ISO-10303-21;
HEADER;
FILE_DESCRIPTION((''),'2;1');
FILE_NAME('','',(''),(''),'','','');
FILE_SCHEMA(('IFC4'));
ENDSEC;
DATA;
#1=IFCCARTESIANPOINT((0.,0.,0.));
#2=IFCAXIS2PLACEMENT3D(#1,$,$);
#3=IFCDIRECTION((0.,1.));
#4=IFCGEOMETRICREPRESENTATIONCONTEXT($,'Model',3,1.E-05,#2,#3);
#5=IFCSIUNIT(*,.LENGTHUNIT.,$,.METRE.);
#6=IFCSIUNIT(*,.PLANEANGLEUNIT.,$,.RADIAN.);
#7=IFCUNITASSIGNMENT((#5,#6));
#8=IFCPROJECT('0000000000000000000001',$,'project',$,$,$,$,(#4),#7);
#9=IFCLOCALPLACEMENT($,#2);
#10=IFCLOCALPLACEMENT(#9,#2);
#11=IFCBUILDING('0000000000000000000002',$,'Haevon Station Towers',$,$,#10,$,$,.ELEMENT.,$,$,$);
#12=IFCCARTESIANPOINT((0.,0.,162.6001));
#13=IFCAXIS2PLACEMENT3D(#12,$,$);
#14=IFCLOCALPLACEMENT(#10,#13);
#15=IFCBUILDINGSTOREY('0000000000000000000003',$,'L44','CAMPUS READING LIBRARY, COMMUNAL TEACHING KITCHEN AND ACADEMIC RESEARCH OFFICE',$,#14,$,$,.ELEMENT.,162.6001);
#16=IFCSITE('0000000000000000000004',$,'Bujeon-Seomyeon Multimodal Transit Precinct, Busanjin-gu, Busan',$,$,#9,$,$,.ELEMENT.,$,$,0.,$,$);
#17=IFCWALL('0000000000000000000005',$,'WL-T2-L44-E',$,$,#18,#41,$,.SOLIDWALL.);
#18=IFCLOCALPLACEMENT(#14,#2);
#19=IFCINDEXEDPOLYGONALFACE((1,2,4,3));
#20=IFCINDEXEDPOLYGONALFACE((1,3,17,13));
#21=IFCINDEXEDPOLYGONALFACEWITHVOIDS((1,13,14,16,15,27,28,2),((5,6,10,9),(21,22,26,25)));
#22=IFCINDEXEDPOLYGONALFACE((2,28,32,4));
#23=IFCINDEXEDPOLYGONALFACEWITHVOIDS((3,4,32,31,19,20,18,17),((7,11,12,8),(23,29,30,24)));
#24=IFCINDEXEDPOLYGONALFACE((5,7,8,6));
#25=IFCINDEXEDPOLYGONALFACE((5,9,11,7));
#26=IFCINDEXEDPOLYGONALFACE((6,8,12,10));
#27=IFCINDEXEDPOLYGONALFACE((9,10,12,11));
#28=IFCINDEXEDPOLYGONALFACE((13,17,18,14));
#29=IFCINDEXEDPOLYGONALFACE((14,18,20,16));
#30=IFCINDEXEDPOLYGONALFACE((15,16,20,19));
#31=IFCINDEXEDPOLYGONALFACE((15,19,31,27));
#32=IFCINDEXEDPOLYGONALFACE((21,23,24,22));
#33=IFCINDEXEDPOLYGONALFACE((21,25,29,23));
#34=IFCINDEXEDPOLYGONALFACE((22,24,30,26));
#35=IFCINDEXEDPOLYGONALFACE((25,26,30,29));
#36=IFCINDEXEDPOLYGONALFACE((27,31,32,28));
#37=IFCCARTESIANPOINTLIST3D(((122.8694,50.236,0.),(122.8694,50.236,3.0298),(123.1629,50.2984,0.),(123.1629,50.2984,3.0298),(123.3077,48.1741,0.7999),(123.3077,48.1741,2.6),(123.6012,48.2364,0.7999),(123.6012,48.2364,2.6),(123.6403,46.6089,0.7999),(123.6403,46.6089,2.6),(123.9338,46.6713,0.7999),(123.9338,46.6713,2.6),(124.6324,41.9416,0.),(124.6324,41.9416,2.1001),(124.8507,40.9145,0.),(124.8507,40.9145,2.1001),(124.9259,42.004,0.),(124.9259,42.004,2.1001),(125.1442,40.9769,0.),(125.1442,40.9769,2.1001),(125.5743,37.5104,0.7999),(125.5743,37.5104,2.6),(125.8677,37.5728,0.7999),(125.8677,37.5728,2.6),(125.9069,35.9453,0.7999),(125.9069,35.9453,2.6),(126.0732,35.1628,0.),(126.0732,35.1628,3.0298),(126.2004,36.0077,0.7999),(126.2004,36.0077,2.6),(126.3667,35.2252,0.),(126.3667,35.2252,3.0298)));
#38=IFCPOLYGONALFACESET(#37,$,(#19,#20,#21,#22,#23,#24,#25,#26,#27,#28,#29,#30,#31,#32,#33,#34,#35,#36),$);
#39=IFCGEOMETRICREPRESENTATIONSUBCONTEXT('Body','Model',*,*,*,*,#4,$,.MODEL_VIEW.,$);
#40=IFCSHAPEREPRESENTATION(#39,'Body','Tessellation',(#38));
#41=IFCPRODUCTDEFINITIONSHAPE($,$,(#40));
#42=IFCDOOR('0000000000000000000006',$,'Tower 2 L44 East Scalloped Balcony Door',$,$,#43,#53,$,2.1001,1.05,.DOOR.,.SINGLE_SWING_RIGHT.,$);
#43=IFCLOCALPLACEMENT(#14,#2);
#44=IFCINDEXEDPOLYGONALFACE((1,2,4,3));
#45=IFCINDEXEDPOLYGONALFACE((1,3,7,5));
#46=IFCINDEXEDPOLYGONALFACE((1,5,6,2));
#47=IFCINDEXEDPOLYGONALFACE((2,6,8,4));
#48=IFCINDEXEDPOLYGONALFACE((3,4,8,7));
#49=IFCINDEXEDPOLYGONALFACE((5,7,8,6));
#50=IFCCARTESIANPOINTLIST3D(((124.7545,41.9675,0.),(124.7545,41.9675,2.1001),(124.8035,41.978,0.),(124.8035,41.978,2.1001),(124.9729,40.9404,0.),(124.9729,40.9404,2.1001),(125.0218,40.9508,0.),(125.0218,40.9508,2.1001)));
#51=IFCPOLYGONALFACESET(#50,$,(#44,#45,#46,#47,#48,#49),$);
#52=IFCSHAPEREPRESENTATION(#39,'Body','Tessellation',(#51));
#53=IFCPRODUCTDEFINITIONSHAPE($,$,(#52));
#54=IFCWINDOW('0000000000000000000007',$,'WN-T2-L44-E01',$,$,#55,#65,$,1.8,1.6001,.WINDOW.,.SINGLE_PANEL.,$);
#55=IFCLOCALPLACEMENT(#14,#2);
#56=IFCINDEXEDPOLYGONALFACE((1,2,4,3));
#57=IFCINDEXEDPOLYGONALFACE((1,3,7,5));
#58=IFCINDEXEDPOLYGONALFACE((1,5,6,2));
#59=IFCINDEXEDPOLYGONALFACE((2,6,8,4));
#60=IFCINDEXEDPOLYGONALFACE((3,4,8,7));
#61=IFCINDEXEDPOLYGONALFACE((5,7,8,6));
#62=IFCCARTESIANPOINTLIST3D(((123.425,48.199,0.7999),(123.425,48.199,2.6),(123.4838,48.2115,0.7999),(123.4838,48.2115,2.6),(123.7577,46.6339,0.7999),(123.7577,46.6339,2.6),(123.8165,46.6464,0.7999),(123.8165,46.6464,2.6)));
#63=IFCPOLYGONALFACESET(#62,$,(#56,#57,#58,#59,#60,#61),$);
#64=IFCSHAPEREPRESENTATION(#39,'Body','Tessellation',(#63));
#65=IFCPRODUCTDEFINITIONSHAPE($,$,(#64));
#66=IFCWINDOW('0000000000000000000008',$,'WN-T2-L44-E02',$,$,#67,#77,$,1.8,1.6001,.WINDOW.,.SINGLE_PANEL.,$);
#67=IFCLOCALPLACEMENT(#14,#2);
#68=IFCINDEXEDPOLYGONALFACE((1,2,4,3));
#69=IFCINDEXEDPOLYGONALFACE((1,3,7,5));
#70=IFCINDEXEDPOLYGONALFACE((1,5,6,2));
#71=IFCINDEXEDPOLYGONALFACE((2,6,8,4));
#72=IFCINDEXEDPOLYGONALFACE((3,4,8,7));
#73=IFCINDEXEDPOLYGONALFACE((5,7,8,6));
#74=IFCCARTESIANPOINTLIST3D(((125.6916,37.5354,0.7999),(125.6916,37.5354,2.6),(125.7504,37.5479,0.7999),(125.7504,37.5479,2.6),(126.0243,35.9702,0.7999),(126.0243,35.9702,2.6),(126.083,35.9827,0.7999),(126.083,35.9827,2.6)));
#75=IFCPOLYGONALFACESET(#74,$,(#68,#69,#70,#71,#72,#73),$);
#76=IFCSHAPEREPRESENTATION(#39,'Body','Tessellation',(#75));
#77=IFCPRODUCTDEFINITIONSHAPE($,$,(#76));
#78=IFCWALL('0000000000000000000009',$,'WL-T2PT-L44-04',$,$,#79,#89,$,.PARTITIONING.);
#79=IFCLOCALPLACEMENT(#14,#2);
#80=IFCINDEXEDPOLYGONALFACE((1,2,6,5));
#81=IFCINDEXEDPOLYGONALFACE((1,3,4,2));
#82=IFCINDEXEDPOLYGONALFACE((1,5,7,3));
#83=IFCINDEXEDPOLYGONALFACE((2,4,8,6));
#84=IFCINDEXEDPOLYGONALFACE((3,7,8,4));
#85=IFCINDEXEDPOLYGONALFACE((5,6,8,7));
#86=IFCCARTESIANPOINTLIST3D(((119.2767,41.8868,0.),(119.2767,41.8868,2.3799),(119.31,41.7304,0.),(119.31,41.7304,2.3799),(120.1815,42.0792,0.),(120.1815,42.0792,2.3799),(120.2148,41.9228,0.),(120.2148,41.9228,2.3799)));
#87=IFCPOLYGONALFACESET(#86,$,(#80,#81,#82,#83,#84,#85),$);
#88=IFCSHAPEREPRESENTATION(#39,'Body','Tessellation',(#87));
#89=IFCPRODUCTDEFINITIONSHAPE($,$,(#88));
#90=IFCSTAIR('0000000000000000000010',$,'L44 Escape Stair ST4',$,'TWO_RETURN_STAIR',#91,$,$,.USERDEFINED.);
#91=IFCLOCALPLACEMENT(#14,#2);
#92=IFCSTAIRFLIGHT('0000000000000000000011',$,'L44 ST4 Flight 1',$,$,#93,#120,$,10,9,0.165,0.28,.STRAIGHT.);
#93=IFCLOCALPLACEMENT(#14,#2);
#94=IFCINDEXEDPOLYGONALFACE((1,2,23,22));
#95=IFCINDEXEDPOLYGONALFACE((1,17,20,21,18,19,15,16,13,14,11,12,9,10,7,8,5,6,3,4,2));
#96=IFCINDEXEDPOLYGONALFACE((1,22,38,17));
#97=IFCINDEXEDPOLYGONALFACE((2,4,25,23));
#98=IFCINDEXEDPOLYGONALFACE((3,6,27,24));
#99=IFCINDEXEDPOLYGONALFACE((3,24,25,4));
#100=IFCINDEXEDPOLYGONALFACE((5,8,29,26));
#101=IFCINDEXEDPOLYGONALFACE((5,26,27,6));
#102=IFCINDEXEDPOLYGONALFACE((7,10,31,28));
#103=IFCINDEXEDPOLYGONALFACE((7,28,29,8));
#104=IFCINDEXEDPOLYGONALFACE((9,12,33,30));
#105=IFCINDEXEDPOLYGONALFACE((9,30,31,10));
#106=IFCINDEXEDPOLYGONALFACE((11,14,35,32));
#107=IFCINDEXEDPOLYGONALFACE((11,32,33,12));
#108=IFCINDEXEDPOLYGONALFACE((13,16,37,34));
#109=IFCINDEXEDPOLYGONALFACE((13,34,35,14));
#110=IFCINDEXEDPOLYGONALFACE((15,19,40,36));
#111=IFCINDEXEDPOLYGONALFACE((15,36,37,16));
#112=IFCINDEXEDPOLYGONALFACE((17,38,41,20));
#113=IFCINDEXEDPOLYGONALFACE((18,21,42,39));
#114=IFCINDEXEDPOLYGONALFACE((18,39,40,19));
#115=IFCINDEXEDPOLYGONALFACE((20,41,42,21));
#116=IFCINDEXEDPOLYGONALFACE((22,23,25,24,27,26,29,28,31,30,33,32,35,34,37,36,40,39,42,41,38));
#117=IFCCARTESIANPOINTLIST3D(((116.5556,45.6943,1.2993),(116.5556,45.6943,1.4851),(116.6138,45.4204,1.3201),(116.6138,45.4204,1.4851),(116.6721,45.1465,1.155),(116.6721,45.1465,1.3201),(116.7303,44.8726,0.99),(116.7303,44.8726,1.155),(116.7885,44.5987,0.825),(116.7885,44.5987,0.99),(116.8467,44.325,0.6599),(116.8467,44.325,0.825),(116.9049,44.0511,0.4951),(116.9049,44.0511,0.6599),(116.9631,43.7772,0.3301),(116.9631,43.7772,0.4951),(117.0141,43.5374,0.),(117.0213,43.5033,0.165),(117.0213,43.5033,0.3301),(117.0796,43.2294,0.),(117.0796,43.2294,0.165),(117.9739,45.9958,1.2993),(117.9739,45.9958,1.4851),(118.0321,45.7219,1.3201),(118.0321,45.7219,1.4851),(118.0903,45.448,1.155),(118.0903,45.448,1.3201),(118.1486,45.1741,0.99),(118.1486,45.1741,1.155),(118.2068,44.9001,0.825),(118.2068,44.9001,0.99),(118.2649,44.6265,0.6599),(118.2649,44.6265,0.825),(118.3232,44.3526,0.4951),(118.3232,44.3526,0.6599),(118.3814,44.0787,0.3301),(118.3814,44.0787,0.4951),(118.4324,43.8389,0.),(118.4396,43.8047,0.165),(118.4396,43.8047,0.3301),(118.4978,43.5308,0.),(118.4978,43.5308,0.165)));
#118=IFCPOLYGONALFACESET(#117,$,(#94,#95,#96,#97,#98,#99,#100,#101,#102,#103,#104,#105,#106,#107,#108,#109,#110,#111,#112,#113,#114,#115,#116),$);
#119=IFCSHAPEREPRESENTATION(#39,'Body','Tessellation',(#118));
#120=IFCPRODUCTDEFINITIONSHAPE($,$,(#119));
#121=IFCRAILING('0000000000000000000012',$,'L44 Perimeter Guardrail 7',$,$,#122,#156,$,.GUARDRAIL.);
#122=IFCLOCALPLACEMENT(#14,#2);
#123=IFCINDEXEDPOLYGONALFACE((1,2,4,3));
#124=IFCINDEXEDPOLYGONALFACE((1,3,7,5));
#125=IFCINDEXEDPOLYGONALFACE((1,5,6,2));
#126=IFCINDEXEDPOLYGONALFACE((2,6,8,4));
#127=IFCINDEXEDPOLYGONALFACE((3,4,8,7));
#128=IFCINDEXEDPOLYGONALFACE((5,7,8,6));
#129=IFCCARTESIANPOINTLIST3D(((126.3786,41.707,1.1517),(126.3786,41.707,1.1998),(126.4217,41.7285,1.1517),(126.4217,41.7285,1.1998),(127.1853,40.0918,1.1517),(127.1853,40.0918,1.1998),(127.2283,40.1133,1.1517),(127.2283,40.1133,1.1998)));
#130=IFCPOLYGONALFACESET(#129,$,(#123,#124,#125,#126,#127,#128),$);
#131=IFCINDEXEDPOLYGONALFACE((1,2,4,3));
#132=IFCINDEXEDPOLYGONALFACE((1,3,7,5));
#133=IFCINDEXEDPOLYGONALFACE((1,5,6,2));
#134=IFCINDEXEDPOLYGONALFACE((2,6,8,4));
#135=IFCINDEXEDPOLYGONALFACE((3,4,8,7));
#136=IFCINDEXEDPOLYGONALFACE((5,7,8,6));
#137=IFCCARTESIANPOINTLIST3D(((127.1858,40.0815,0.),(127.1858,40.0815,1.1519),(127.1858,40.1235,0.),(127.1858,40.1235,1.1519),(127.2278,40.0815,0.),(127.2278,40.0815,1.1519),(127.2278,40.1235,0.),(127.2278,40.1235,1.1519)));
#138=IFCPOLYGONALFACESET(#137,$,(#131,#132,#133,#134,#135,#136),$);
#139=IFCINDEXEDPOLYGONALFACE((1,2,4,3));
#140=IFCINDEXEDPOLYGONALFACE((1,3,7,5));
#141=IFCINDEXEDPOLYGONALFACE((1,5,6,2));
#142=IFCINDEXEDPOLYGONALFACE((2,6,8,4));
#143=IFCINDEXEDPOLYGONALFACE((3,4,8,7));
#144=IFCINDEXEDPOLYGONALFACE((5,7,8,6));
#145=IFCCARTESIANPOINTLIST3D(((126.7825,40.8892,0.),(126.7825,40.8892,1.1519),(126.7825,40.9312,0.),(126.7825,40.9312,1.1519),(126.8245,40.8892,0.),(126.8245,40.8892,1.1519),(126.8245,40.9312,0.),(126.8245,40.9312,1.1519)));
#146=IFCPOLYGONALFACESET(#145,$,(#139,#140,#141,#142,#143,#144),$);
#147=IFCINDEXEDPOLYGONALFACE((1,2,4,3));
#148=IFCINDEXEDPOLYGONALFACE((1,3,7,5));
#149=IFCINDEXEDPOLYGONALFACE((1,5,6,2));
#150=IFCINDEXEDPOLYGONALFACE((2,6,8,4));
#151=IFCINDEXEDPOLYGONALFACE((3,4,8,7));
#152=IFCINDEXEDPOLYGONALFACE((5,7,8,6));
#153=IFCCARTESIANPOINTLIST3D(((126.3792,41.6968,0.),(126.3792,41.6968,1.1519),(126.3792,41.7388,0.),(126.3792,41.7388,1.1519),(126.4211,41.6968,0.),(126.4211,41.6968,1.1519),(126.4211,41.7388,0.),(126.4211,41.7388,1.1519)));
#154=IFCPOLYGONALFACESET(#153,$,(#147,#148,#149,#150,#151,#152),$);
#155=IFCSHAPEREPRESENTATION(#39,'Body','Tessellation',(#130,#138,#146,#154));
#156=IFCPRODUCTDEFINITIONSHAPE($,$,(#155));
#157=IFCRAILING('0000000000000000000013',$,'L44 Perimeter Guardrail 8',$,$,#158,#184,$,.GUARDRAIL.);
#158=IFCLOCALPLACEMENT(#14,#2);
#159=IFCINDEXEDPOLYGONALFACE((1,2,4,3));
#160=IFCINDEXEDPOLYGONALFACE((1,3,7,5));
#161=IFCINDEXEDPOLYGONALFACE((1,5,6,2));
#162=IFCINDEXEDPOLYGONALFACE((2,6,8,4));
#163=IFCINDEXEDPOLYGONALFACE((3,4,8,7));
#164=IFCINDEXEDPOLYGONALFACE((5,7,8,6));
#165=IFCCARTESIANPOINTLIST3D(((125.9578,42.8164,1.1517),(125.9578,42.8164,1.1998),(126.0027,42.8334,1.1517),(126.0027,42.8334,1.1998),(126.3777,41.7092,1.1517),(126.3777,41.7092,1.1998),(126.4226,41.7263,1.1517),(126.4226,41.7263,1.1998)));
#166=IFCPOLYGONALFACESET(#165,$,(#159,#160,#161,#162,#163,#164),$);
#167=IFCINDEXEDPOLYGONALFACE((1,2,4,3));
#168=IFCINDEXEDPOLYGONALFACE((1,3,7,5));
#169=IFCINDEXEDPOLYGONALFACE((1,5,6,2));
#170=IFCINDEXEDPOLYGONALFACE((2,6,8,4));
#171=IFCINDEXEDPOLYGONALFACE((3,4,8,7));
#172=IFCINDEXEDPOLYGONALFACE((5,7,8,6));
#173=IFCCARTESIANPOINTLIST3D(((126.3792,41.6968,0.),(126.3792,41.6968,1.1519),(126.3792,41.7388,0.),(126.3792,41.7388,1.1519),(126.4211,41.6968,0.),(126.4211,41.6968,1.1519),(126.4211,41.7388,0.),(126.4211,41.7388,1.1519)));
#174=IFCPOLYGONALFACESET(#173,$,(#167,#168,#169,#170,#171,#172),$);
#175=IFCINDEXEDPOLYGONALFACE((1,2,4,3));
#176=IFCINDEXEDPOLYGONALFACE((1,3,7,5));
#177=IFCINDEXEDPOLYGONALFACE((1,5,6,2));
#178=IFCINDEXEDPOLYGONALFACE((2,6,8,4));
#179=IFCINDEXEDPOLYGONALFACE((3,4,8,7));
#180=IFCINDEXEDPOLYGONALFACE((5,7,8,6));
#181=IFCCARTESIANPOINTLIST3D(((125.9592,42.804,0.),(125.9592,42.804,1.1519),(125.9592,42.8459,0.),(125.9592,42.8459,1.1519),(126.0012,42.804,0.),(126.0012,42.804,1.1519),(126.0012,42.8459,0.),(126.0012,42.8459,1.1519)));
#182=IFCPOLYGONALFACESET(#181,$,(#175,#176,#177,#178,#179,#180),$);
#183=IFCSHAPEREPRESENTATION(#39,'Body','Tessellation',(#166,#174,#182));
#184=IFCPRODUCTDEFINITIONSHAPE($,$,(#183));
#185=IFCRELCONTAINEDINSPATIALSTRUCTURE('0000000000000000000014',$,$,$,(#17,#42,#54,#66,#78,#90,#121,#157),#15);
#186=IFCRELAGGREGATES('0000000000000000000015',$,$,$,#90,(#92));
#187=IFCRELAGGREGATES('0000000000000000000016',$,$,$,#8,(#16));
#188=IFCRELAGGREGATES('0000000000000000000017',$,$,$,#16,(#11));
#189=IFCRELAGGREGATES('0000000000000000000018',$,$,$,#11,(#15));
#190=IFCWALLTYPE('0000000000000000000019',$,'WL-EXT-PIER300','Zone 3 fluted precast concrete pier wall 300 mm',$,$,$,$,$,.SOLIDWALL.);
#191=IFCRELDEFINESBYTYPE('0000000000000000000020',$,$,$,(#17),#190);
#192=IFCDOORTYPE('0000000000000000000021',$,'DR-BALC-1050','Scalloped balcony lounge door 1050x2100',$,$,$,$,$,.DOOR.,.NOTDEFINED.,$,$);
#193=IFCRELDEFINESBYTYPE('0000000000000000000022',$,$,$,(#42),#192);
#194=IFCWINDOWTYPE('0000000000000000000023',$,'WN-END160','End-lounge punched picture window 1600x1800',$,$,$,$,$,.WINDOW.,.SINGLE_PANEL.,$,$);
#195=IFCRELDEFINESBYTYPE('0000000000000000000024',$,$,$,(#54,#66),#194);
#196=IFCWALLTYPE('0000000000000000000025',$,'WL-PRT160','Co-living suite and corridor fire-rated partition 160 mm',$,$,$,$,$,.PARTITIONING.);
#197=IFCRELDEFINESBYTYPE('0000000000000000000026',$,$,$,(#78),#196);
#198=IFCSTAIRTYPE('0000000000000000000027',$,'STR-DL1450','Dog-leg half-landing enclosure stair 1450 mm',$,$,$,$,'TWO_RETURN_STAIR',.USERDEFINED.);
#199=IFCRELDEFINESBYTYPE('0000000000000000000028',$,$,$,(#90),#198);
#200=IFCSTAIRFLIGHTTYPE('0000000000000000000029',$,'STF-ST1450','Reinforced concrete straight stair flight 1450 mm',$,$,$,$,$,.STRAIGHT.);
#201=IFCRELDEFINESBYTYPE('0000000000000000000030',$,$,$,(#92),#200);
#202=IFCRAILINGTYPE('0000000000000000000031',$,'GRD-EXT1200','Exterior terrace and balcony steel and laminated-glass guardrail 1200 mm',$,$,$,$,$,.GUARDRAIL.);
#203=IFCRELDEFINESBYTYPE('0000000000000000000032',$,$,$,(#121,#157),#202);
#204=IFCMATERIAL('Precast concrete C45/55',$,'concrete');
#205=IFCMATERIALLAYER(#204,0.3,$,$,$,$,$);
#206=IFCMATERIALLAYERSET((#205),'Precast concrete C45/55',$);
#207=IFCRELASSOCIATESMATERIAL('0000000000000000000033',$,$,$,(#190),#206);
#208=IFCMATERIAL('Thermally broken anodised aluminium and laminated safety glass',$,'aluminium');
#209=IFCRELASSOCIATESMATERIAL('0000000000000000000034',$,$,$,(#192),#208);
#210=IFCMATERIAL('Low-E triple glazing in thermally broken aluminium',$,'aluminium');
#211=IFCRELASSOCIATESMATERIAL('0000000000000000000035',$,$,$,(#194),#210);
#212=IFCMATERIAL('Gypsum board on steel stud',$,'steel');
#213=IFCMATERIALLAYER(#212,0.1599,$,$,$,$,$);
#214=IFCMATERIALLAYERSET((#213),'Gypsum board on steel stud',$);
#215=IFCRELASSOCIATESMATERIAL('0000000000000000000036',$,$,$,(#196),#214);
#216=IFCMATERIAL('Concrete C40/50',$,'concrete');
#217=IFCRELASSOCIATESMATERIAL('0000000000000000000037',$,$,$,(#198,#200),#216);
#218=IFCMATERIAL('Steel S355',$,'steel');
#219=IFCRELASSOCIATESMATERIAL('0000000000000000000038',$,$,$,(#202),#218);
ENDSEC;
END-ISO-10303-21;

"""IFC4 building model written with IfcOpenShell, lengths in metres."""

from ifc_helpers import new_model, si_unit, direction, frame, frame_2d, origin, origin_2d, place, context, subcontext, project, spatial, polyline, rectangle, outline, extrude, material, layer, layer_set, type_object, element, fill, aggregate, save


model = new_model("IFC4")

# Units and contexts
model_context = context("Model", 3, precision=1e-05, world=origin(), true_north=direction((0.0, 1.0)))
body_context = subcontext(model_context, "Body", "Model", "MODEL_VIEW")
ifc_project = project(units=[si_unit("LENGTHUNIT", "METRE"), si_unit("PLANEANGLEUNIT", "RADIAN")], contexts=[model_context])

# Site, building, storey
site_placement = place(None, origin())
site = spatial("IfcSite", under=ifc_project, at=site_placement, Name="Bujeon-Seomyeon Multimodal Transit Precinct, Busanjin-gu, Busan", CompositionType="ELEMENT", RefElevation=0.0)
building_placement = place(site_placement, origin())
building = spatial("IfcBuilding", under=site, at=building_placement, Name="Haevon Station Towers", CompositionType="ELEMENT")
storey_placement = place(building_placement, frame((0.0, 0.0, 162.6001)))
storey = spatial("IfcBuildingStorey", under=building, at=storey_placement, Name="L44", Description="CAMPUS READING LIBRARY, COMMUNAL TEACHING KITCHEN AND ACADEMIC RESEARCH OFFICE", CompositionType="ELEMENT", Elevation=162.6001)

# Shared definitions
ifc_material_1 = material(Name="Steel S355", Category="steel")

# Shared definitions
ifc_material_2 = material(Name="Precast concrete C45/55", Category="concrete")
ifc_layer_1 = layer(ifc_material_2, 0.3)
ifc_layer_set_1 = layer_set([ifc_layer_1], Name="Precast concrete C45/55")
wall_type_1 = type_object("IfcWallType", Name="WL-EXT-PIER300", Description="Zone 3 fluted precast concrete pier wall 300 mm", PredefinedType="SOLIDWALL", material=ifc_layer_set_1)

# Wall, openings, door, windows
wall_1_placement = place(storey_placement, frame((123.0161, 50.2673, 0.0), z_axis=(0.0, 0.0, 1.0), x_axis=(0.207908, -0.978148, 0.0)))
wall_1 = element("IfcWall", 1, at=wall_1_placement, inside=storey, type_object=wall_type_1, Name="WL-T2-L44-E", PredefinedType="SOLIDWALL", context=body_context, shape_type="SweptSolid", body=[
    extrude(rectangle(XDim=15.4099, YDim=0.3, at=frame_2d((7.7051, 0.0))), origin(), (0.0, 0.0, 1.0), 3.0298),
])
opening_1_placement = place(wall_1_placement, frame((8.48, 0.0, 0.0)))
opening_1 = element("IfcOpeningElement", 2, at=opening_1_placement, cuts=wall_1, PredefinedType="OPENING", context=body_context, shape_type="SweptSolid", body=[
    extrude(rectangle(XDim=1.05, YDim=2.1001, at=frame_2d((0.5249, 1.05))), frame((0.0, 0.1599, 0.0), z_axis=(0.0, -1.0, 0.0), x_axis=(1.0, 0.0, 0.0)), (0.0, 0.0, 1.0), 0.3201),
])
opening_2_placement = place(wall_1_placement, frame((2.1082, 0.0, 0.8)))
opening_2 = element("IfcOpeningElement", 3, at=opening_2_placement, cuts=wall_1, PredefinedType="OPENING", context=body_context, shape_type="SweptSolid", body=[
    extrude(rectangle(XDim=1.6001, YDim=1.8, at=frame_2d((0.8, 0.8999))), frame((0.0, 0.1599, 0.0), z_axis=(0.0, -1.0, 0.0), x_axis=(1.0, 0.0, 0.0)), (0.0, 0.0, 1.0), 0.3201),
])
opening_3_placement = place(wall_1_placement, frame((13.01, 0.0, 0.8)))
opening_3 = element("IfcOpeningElement", 4, at=opening_3_placement, cuts=wall_1, PredefinedType="OPENING", context=body_context, shape_type="SweptSolid", body=[
    extrude(rectangle(XDim=1.6001, YDim=1.8, at=frame_2d((0.8, 0.8999))), frame((0.0, 0.1599, 0.0), z_axis=(0.0, -1.0, 0.0), x_axis=(1.0, 0.0, 0.0)), (0.0, 0.0, 1.0), 0.3201),
])
ifc_material_3 = material(Name="Thermally broken anodised aluminium and laminated safety glass", Category="aluminium")
door_type = type_object("IfcDoorType", Name="DR-BALC-1050", Description="Scalloped balcony lounge door 1050x2100", OperationType="NOTDEFINED", PredefinedType="DOOR", material=ifc_material_3)
door_placement = place(opening_1_placement, origin())
door = element("IfcDoor", 5, at=door_placement, inside=storey, type_object=door_type, Name="Tower 2 L44 East Scalloped Balcony Door", OperationType="SINGLE_SWING_RIGHT", OverallHeight=2.1001, OverallWidth=1.05, PredefinedType="DOOR", context=body_context, shape_type="SweptSolid", body=[
    extrude(rectangle(XDim=1.05, YDim=2.1001, at=frame_2d((0.5249, 1.05))), frame((0.0, 0.0249, 0.0), z_axis=(0.0, -1.0, 0.0), x_axis=(1.0, 0.0, 0.0)), (0.0, 0.0, 1.0), 0.05),
])
fill(opening_1, door)
ifc_material_4 = material(Name="Low-E triple glazing in thermally broken aluminium", Category="aluminium")
window_type = type_object("IfcWindowType", Name="WN-END160", Description="End-lounge punched picture window 1600x1800", PartitioningType="SINGLE_PANEL", PredefinedType="WINDOW", material=ifc_material_4)
window_1_placement = place(opening_2_placement, origin())
window_1 = element("IfcWindow", 6, at=window_1_placement, inside=storey, type_object=window_type, Name="WN-T2-L44-E01", OverallHeight=1.8, OverallWidth=1.6001, PartitioningType="SINGLE_PANEL", PredefinedType="WINDOW", context=body_context, shape_type="SweptSolid", body=[
    extrude(rectangle(XDim=1.6001, YDim=1.8, at=frame_2d((0.8, 0.8999))), frame((0.0, 0.03, 0.0), z_axis=(0.0, -1.0, 0.0), x_axis=(1.0, 0.0, 0.0)), (0.0, 0.0, 1.0), 0.0601),
])
fill(opening_2, window_1)
window_2_placement = place(opening_3_placement, origin())
window_2 = element("IfcWindow", 7, at=window_2_placement, inside=storey, type_object=window_type, Name="WN-T2-L44-E02", OverallHeight=1.8, OverallWidth=1.6001, PartitioningType="SINGLE_PANEL", PredefinedType="WINDOW", context=body_context, shape_type="SweptSolid", body=[
    extrude(rectangle(XDim=1.6001, YDim=1.8, at=frame_2d((0.8, 0.8999))), frame((0.0, 0.03, 0.0), z_axis=(0.0, -1.0, 0.0), x_axis=(1.0, 0.0, 0.0)), (0.0, 0.0, 1.0), 0.0601),
])
fill(opening_3, window_2)

# Wall
ifc_material_5 = material(Name="Gypsum board on steel stud", Category="steel")
ifc_layer_2 = layer(ifc_material_5, 0.1599)
ifc_layer_set_2 = layer_set([ifc_layer_2], Name="Gypsum board on steel stud")
wall_type_2 = type_object("IfcWallType", Name="WL-PRT160", Description="Co-living suite and corridor fire-rated partition 160 mm", PredefinedType="PARTITIONING", material=ifc_layer_set_2)
wall_2_placement = place(storey_placement, frame((119.2935, 41.8086, 0.0), z_axis=(0.0, 0.0, 1.0), x_axis=(0.978133, 0.207979, 0.0)))
element("IfcWall", 8, at=wall_2_placement, inside=storey, type_object=wall_type_2, Name="WL-T2PT-L44-04", PredefinedType="PARTITIONING", context=body_context, shape_type="SweptSolid", body=[
    extrude(rectangle(XDim=0.925, YDim=0.1599, at=frame_2d((0.4624, 0.0))), origin(), (0.0, 0.0, 1.0), 2.3799),
])

# Stair, stair flight
ifc_material_6 = material(Name="Concrete C40/50", Category="concrete")
stair_type = type_object("IfcStairType", Name="STR-DL1450", Description="Dog-leg half-landing enclosure stair 1450 mm", ElementType="TWO_RETURN_STAIR", PredefinedType="USERDEFINED", material=ifc_material_6)
stair_placement = place(storey_placement, origin())
stair = element("IfcStair", 9, at=stair_placement, inside=storey, type_object=stair_type, Name="L44 Escape Stair ST4", ObjectType="TWO_RETURN_STAIR", PredefinedType="USERDEFINED")
stair_flight_type = type_object("IfcStairFlightType", Name="STF-ST1450", Description="Reinforced concrete straight stair flight 1450 mm", PredefinedType="STRAIGHT", material=ifc_material_6)
stair_flight_placement = place(storey_placement, frame((117.7888, 43.3801, 0.0), z_axis=(0.0, 0.0, 1.0), x_axis=(-0.207912, 0.978148, 0.0)))
stair_flight = element("IfcStairFlight", 10, at=stair_flight_placement, type_object=stair_flight_type, Name="L44 ST4 Flight 1", NumberOfRisers=10, NumberOfTreads=9, PredefinedType="STRAIGHT", RiserHeight=0.165, TreadLength=0.28, context=body_context, shape_type="SweptSolid", body=[
    extrude(outline(polyline([(0.0, 0.0), (0.0, 0.165), (0.28, 0.165), (0.28, 0.3301), (0.5601, 0.3301), (0.5601, 0.4951), (0.8401, 0.4951), (0.8401, 0.6599), (1.1201, 0.6599), (1.1201, 0.825), (1.3999, 0.825), (1.3999, 0.99), (1.6799, 0.99), (1.6799, 1.155), (1.96, 1.155), (1.96, 1.3201), (2.24, 1.3201), (2.24, 1.4851), (2.52, 1.4851), (2.52, 1.6499), (2.52, 1.2993), (0.3149, 0.0), (0.0, 0.0)])), frame((0.0, 0.7251, 0.0), z_axis=(0.0, -1.0, 0.0), x_axis=(1.0, 0.0, 0.0)), (0.0, 0.0, 1.0), 1.45),
])
aggregate(stair, [stair_flight])

# Railings
railing_type_1 = type_object("IfcRailingType", Name="GRD-EXT1200", Description="Exterior terrace and balcony steel and laminated-glass guardrail 1200 mm", PredefinedType="GUARDRAIL", material=ifc_material_1)
railing_1_placement = place(storey_placement, frame((127.2068, 40.1025, 0.0)))
element("IfcRailing", 11, at=railing_1_placement, inside=storey, type_object=railing_type_1, Name="L44 Perimeter Guardrail 7", PredefinedType="GUARDRAIL", context=body_context, shape_type="SweptSolid", body=[
    extrude(rectangle(XDim=0.0481, YDim=0.0481, at=origin_2d()), frame((0.0, 0.0, 1.1758), z_axis=(-0.446781, 0.894643, 0.0), x_axis=(-0.894643, -0.446781, 0.0)), (0.0, 0.0, 1.0), 1.8054),
    extrude(rectangle(XDim=0.042, YDim=0.042, at=origin_2d()), origin(), (0.0, 0.0, 1.0), 1.1519),
    extrude(rectangle(XDim=0.042, YDim=0.042, at=origin_2d()), frame((-0.4033, 0.8076, 0.0)), (0.0, 0.0, 1.0), 1.1519),
    extrude(rectangle(XDim=0.042, YDim=0.042, at=origin_2d()), frame((-0.8066, 1.6152, 0.0)), (0.0, 0.0, 1.0), 1.1519),
])
railing_2_placement = place(storey_placement, frame((126.4001, 41.7178, 0.0)))
element("IfcRailing", 12, at=railing_2_placement, inside=storey, type_object=railing_type_1, Name="L44 Perimeter Guardrail 8", PredefinedType="GUARDRAIL", context=body_context, shape_type="SweptSolid", body=[
    extrude(rectangle(XDim=0.0481, YDim=0.0481, at=origin_2d()), frame((0.0, 0.0, 1.1758), z_axis=(-0.354623, 0.935009, 0.0), x_axis=(-0.935009, -0.354623, 0.0)), (0.0, 0.0, 1.0), 1.1841),
    extrude(rectangle(XDim=0.042, YDim=0.042, at=origin_2d()), origin(), (0.0, 0.0, 1.0), 1.1519),
    extrude(rectangle(XDim=0.042, YDim=0.042, at=origin_2d()), frame((-0.4199, 1.1072, 0.0)), (0.0, 0.0, 1.0), 1.1519),
])

save(model, "model.ifc")
